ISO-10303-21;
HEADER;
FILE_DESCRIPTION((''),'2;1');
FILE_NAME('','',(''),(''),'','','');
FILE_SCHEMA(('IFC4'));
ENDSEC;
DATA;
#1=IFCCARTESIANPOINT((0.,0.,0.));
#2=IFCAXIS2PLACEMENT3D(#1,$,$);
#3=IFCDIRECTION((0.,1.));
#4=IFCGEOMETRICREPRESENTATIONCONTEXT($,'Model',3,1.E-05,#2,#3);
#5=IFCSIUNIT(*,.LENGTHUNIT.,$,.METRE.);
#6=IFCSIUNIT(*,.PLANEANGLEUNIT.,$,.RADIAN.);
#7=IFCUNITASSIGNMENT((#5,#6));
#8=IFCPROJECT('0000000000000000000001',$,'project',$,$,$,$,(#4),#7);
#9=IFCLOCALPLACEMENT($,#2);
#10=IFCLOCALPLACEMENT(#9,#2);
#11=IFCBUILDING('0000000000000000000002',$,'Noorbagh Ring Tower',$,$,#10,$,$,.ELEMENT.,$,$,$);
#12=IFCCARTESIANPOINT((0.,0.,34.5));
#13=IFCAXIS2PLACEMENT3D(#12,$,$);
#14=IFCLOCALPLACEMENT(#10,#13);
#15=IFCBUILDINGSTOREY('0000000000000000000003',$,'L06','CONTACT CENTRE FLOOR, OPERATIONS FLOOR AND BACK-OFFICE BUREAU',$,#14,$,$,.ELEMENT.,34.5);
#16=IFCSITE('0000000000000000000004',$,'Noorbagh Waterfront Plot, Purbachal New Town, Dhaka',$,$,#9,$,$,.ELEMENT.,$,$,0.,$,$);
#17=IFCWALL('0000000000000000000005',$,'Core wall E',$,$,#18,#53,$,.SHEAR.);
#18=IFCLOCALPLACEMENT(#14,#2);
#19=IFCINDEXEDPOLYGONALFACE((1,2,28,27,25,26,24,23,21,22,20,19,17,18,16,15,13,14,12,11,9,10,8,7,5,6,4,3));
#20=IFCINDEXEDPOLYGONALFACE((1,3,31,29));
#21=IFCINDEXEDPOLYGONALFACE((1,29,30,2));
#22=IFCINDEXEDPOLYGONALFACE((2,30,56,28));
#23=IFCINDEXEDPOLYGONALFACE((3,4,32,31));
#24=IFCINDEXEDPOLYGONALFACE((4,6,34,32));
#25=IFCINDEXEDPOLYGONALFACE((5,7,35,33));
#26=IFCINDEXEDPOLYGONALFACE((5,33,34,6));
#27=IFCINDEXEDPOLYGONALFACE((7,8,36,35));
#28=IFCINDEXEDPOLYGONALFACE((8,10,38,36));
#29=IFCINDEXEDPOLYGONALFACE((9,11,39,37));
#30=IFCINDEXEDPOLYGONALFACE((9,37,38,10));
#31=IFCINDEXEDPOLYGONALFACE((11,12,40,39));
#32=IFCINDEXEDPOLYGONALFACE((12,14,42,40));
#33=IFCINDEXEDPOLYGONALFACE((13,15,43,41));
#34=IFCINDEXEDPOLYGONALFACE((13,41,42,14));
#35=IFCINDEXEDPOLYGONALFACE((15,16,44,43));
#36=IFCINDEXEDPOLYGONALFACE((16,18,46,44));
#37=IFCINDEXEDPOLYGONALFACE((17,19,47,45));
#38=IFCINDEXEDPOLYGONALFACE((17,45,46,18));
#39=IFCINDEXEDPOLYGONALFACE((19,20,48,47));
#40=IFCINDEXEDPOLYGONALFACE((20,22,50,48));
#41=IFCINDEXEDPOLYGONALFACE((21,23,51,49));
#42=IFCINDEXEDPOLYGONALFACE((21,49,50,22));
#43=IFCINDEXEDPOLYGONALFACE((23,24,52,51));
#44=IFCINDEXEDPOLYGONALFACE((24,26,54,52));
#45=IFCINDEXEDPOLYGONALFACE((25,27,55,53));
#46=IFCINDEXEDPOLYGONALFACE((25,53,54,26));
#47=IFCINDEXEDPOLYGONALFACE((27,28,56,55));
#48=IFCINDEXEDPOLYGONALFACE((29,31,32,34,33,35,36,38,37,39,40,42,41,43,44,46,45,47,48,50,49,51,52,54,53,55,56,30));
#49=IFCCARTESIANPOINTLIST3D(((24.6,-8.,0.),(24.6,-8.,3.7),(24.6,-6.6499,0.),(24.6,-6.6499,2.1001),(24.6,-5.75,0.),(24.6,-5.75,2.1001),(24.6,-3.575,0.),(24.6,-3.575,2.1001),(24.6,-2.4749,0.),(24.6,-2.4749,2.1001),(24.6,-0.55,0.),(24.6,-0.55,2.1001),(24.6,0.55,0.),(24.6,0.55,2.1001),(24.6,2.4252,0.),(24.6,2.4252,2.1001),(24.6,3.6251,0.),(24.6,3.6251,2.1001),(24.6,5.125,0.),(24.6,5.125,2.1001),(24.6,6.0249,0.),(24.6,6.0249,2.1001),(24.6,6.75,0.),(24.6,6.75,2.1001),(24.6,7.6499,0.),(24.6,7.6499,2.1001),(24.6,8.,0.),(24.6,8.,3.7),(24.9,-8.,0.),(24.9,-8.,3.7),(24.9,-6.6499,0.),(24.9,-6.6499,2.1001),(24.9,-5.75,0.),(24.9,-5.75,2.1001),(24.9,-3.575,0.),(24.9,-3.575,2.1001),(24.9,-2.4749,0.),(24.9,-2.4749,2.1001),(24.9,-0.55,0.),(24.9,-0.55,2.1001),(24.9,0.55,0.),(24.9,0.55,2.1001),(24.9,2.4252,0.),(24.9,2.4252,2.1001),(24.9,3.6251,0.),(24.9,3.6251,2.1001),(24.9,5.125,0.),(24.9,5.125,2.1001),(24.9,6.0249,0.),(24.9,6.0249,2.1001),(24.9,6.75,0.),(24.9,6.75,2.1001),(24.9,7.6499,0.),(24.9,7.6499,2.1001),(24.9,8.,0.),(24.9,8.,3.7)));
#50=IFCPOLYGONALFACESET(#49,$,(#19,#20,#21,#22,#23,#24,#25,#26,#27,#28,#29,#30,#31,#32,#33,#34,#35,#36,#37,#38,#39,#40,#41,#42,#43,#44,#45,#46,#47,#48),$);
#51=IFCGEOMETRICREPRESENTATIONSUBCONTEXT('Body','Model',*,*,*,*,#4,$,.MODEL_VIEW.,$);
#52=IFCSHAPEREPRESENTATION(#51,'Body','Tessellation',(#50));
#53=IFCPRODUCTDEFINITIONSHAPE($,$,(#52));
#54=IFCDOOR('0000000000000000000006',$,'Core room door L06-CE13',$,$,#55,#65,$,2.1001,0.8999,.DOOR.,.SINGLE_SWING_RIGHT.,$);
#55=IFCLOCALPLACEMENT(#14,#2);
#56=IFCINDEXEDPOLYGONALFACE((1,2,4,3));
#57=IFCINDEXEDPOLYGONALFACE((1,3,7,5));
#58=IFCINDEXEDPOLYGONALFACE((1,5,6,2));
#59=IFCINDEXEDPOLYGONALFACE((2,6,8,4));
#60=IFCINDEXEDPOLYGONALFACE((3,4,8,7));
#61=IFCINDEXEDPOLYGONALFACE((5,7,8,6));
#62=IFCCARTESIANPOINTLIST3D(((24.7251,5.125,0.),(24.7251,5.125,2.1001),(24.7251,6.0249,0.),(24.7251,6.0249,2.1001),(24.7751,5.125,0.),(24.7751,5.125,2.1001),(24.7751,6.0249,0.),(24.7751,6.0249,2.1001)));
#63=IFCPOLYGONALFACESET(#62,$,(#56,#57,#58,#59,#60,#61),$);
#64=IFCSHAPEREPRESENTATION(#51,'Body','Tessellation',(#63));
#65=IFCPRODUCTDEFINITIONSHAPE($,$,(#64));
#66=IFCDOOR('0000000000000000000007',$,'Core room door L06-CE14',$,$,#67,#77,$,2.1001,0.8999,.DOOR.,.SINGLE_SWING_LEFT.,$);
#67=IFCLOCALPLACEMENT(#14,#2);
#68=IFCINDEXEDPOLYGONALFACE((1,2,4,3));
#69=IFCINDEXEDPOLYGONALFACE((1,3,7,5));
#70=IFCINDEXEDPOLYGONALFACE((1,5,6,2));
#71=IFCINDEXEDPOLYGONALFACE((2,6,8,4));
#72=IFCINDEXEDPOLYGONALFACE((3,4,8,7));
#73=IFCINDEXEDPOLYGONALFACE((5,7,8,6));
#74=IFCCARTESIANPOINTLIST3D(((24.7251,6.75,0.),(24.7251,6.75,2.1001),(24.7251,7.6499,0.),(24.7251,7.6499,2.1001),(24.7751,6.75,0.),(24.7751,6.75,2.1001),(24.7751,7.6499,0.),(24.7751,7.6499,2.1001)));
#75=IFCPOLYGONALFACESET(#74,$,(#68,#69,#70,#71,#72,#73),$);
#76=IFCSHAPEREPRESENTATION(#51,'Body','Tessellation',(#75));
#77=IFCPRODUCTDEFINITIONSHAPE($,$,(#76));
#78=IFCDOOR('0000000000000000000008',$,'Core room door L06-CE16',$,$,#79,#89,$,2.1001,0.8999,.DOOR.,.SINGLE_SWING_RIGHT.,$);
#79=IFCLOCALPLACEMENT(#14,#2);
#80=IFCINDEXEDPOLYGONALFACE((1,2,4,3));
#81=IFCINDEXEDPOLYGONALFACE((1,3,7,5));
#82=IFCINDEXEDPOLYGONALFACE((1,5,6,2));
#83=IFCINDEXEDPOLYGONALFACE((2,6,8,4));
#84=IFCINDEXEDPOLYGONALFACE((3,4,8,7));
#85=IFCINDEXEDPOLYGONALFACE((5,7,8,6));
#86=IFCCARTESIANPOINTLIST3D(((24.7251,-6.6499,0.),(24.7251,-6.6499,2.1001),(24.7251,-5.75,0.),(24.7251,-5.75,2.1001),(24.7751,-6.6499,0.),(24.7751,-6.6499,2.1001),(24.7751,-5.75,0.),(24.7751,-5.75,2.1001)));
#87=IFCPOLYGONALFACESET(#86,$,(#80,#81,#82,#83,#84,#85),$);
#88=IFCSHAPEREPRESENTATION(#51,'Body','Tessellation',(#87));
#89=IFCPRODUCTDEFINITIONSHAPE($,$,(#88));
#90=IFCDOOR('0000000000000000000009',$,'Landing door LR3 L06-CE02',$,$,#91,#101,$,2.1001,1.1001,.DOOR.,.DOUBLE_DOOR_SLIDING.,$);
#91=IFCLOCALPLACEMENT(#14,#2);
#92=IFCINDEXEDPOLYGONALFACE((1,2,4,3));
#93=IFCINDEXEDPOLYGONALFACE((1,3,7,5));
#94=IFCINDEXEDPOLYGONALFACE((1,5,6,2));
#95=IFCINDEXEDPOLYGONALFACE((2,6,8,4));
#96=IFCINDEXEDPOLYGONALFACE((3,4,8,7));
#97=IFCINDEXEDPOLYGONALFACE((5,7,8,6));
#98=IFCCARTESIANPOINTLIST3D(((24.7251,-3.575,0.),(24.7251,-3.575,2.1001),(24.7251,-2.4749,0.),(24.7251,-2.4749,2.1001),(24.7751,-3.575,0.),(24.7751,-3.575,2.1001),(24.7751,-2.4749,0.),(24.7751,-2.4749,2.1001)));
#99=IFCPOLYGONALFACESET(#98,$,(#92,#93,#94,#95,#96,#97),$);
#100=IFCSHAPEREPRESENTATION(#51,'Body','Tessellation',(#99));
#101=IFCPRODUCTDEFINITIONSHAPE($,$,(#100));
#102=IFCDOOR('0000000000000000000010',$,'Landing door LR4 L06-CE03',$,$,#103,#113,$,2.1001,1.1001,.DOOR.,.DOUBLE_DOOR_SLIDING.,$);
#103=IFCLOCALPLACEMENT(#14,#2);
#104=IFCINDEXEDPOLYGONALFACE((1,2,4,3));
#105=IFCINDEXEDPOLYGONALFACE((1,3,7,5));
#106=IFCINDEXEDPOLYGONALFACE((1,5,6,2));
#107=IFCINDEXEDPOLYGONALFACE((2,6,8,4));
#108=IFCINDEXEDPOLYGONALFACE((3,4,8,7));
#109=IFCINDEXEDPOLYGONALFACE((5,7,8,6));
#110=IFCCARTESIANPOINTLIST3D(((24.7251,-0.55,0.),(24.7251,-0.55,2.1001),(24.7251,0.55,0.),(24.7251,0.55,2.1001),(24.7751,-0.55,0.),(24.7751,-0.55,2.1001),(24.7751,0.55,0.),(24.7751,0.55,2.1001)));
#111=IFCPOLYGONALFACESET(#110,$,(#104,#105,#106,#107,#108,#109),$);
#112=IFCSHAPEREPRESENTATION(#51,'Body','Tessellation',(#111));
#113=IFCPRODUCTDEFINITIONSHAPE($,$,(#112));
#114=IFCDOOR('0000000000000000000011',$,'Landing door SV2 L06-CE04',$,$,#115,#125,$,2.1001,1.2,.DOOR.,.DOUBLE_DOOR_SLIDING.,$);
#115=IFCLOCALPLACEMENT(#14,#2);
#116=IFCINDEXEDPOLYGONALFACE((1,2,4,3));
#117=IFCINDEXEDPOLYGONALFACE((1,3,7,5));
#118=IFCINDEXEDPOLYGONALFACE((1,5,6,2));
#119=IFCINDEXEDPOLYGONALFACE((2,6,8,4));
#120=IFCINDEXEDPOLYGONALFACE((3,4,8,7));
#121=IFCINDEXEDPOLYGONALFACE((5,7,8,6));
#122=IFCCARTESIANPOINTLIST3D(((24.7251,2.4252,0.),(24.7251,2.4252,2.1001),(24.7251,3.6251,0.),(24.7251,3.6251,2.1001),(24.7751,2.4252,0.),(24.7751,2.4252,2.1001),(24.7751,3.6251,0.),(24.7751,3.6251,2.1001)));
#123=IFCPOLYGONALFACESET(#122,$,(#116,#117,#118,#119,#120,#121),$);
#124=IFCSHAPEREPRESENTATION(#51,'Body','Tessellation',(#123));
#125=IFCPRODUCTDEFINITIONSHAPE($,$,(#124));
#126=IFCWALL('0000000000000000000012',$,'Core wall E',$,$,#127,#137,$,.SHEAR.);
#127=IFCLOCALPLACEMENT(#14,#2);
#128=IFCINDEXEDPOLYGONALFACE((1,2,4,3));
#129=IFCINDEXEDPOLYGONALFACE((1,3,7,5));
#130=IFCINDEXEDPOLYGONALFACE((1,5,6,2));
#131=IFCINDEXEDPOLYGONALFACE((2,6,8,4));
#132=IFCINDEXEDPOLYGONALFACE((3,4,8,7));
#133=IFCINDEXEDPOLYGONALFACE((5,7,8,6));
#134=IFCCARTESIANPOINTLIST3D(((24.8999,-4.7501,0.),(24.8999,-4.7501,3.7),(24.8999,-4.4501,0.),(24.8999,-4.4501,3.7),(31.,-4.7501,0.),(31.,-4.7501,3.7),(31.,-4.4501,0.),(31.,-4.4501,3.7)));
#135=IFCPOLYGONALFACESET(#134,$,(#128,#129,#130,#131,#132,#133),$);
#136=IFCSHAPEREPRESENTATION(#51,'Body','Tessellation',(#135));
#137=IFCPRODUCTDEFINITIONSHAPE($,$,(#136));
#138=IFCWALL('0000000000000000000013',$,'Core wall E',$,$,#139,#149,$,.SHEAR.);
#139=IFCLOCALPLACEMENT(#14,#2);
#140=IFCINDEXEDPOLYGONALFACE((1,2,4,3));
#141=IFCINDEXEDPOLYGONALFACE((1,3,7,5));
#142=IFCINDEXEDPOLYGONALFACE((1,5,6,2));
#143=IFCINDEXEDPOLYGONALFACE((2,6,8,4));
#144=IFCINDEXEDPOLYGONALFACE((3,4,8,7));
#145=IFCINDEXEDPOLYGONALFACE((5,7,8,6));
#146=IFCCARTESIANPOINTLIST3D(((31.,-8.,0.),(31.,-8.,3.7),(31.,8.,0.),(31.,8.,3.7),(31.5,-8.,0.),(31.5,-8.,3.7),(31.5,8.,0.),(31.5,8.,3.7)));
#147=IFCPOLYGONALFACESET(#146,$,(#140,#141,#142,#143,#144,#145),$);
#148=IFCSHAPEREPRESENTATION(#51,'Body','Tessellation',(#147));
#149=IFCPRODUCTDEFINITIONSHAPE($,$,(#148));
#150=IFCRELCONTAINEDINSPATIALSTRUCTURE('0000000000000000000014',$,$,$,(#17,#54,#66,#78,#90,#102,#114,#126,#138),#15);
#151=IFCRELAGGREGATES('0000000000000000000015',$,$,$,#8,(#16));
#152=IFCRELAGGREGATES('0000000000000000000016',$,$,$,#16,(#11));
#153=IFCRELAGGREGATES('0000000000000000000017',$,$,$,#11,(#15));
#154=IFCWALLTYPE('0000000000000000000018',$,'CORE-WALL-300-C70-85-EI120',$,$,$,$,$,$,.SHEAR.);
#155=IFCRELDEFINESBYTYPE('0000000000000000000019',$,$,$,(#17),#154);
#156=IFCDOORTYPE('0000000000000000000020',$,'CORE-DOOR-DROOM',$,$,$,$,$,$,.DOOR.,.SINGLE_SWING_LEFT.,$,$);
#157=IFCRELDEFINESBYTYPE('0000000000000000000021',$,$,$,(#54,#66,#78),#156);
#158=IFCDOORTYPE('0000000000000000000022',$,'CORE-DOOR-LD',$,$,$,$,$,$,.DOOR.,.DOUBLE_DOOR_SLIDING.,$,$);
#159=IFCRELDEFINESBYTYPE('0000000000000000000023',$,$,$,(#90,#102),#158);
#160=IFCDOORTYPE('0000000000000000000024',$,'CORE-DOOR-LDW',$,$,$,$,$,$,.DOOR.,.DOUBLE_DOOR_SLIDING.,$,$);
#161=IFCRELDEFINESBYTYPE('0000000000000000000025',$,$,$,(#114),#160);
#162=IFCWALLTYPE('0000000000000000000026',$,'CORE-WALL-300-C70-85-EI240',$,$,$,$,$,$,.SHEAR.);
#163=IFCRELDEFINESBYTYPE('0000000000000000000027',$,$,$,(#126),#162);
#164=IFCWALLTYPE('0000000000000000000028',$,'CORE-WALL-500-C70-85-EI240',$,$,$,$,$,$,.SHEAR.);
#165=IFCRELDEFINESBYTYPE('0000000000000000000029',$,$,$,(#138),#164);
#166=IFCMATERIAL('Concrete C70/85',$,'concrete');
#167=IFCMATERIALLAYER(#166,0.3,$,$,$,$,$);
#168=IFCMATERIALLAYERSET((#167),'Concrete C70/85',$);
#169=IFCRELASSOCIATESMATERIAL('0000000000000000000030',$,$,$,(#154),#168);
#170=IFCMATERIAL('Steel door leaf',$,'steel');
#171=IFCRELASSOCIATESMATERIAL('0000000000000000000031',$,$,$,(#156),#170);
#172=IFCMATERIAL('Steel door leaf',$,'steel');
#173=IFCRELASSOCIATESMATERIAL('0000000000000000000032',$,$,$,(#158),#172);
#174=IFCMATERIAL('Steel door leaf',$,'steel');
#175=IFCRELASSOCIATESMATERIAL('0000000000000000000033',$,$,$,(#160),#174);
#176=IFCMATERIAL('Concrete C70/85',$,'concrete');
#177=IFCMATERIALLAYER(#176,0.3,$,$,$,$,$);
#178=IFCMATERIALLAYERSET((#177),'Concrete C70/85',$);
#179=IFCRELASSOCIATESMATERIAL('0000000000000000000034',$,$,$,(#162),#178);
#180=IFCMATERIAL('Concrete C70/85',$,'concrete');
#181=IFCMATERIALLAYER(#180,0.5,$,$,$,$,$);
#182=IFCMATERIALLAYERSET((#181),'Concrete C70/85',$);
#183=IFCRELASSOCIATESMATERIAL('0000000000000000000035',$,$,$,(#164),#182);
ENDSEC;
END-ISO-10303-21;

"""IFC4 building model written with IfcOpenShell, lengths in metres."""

from ifc_helpers import new_model, si_unit, direction, frame, frame_2d, origin, place, context, subcontext, project, spatial, rectangle, extrude, material, layer, layer_set, type_object, element, fill, save


model = new_model("IFC4")

# Units and contexts
model_context = context("Model", 3, precision=1e-05, world=origin(), true_north=direction((0.0, 1.0)))
body_context = subcontext(model_context, "Body", "Model", "MODEL_VIEW")
ifc_project = project(units=[si_unit("LENGTHUNIT", "METRE"), si_unit("PLANEANGLEUNIT", "RADIAN")], contexts=[model_context])

# Site, building, storey
site_placement = place(None, origin())
site = spatial("IfcSite", under=ifc_project, at=site_placement, Name="Noorbagh Waterfront Plot, Purbachal New Town, Dhaka", CompositionType="ELEMENT", RefElevation=0.0)
building_placement = place(site_placement, origin())
building = spatial("IfcBuilding", under=site, at=building_placement, Name="Noorbagh Ring Tower", CompositionType="ELEMENT")
storey_placement = place(building_placement, frame((0.0, 0.0, 34.5)))
storey = spatial("IfcBuildingStorey", under=building, at=storey_placement, Name="L06", Description="CONTACT CENTRE FLOOR, OPERATIONS FLOOR AND BACK-OFFICE BUREAU", CompositionType="ELEMENT", Elevation=34.5)

# Shared definitions
ifc_material_1 = material(Name="Concrete C70/85", Category="concrete")
ifc_layer_1 = layer(ifc_material_1, 0.3)
ifc_layer_set_1 = layer_set([ifc_layer_1], Name="Concrete C70/85")
wall_type_1 = type_object("IfcWallType", Name="CORE-WALL-300-C70-85-EI120", PredefinedType="SHEAR", material=ifc_layer_set_1)

# Wall, openings, doors
wall_1_placement = place(storey_placement, frame((24.75, -8.0, 0.0), z_axis=(0.0, 0.0, 1.0), x_axis=(0.0, 1.0, 0.0)))
wall_1 = element("IfcWall", 1, at=wall_1_placement, inside=storey, type_object=wall_type_1, Name="Core wall E", PredefinedType="SHEAR", context=body_context, shape_type="SweptSolid", body=[
    extrude(rectangle(XDim=16.0, YDim=0.3, at=frame_2d((8.0, 0.0))), origin(), (0.0, 0.0, 1.0), 3.7),
])
opening_1_placement = place(wall_1_placement, frame((4.425, 0.0, 0.0)))
opening_1 = element("IfcOpeningElement", 2, at=opening_1_placement, cuts=wall_1, PredefinedType="OPENING", context=body_context, shape_type="SweptSolid", body=[
    extrude(rectangle(XDim=1.1001, YDim=2.1001, at=frame_2d((0.55, 1.05))), frame((0.0, 0.1602, 0.0), z_axis=(0.0, -1.0, 0.0), x_axis=(1.0, 0.0, 0.0)), (0.0, 0.0, 1.0), 0.3201),
])
opening_2_placement = place(wall_1_placement, frame((7.45, 0.0, 0.0)))
opening_2 = element("IfcOpeningElement", 3, at=opening_2_placement, cuts=wall_1, PredefinedType="OPENING", context=body_context, shape_type="SweptSolid", body=[
    extrude(rectangle(XDim=1.1001, YDim=2.1001, at=frame_2d((0.55, 1.05))), frame((0.0, 0.1602, 0.0), z_axis=(0.0, -1.0, 0.0), x_axis=(1.0, 0.0, 0.0)), (0.0, 0.0, 1.0), 0.3201),
])
opening_3_placement = place(wall_1_placement, frame((10.425, 0.0, 0.0)))
opening_3 = element("IfcOpeningElement", 4, at=opening_3_placement, cuts=wall_1, PredefinedType="OPENING", context=body_context, shape_type="SweptSolid", body=[
    extrude(rectangle(XDim=1.2, YDim=2.1001, at=frame_2d((0.6001, 1.05))), frame((0.0, 0.1602, 0.0), z_axis=(0.0, -1.0, 0.0), x_axis=(1.0, 0.0, 0.0)), (0.0, 0.0, 1.0), 0.3201),
])
opening_4_placement = place(wall_1_placement, frame((13.125, 0.0, 0.0)))
opening_4 = element("IfcOpeningElement", 5, at=opening_4_placement, cuts=wall_1, PredefinedType="OPENING", context=body_context, shape_type="SweptSolid", body=[
    extrude(rectangle(XDim=0.8999, YDim=2.1001, at=frame_2d((0.45, 1.05))), frame((0.0, 0.1602, 0.0), z_axis=(0.0, -1.0, 0.0), x_axis=(1.0, 0.0, 0.0)), (0.0, 0.0, 1.0), 0.3201),
])
opening_5_placement = place(wall_1_placement, frame((14.75, 0.0, 0.0)))
opening_5 = element("IfcOpeningElement", 6, at=opening_5_placement, cuts=wall_1, PredefinedType="OPENING", context=body_context, shape_type="SweptSolid", body=[
    extrude(rectangle(XDim=0.8999, YDim=2.1001, at=frame_2d((0.45, 1.05))), frame((0.0, 0.1602, 0.0), z_axis=(0.0, -1.0, 0.0), x_axis=(1.0, 0.0, 0.0)), (0.0, 0.0, 1.0), 0.3201),
])
opening_6_placement = place(wall_1_placement, frame((1.3501, 0.0, 0.0)))
opening_6 = element("IfcOpeningElement", 7, at=opening_6_placement, cuts=wall_1, PredefinedType="OPENING", context=body_context, shape_type="SweptSolid", body=[
    extrude(rectangle(XDim=0.8999, YDim=2.1001, at=frame_2d((0.45, 1.05))), frame((0.0, 0.1602, 0.0), z_axis=(0.0, -1.0, 0.0), x_axis=(1.0, 0.0, 0.0)), (0.0, 0.0, 1.0), 0.3201),
])
ifc_material_2 = material(Name="Steel door leaf", Category="steel")
door_type_1 = type_object("IfcDoorType", Name="CORE-DOOR-DROOM", OperationType="SINGLE_SWING_LEFT", PredefinedType="DOOR", material=ifc_material_2)
door_1_placement = place(opening_4_placement, origin())
door_1 = element("IfcDoor", 8, at=door_1_placement, inside=storey, type_object=door_type_1, Name="Core room door L06-CE13", OperationType="SINGLE_SWING_RIGHT", OverallHeight=2.1001, OverallWidth=0.8999, PredefinedType="DOOR", context=body_context, shape_type="SweptSolid", body=[
    extrude(rectangle(XDim=0.8999, YDim=2.1001, at=frame_2d((0.45, 1.05))), frame((0.0, 0.0249, 0.0), z_axis=(0.0, -1.0, 0.0), x_axis=(1.0, 0.0, 0.0)), (0.0, 0.0, 1.0), 0.05),
])
fill(opening_4, door_1)
door_2_placement = place(opening_5_placement, origin())
door_2 = element("IfcDoor", 9, at=door_2_placement, inside=storey, type_object=door_type_1, Name="Core room door L06-CE14", OperationType="SINGLE_SWING_LEFT", OverallHeight=2.1001, OverallWidth=0.8999, PredefinedType="DOOR", context=body_context, shape_type="SweptSolid", body=[
    extrude(rectangle(XDim=0.8999, YDim=2.1001, at=frame_2d((0.45, 1.05))), frame((0.0, 0.0249, 0.0), z_axis=(0.0, -1.0, 0.0), x_axis=(1.0, 0.0, 0.0)), (0.0, 0.0, 1.0), 0.05),
])
fill(opening_5, door_2)
door_3_placement = place(opening_6_placement, origin())
door_3 = element("IfcDoor", 10, at=door_3_placement, inside=storey, type_object=door_type_1, Name="Core room door L06-CE16", OperationType="SINGLE_SWING_RIGHT", OverallHeight=2.1001, OverallWidth=0.8999, PredefinedType="DOOR", context=body_context, shape_type="SweptSolid", body=[
    extrude(rectangle(XDim=0.8999, YDim=2.1001, at=frame_2d((0.45, 1.05))), frame((0.0, 0.0249, 0.0), z_axis=(0.0, -1.0, 0.0), x_axis=(1.0, 0.0, 0.0)), (0.0, 0.0, 1.0), 0.05),
])
fill(opening_6, door_3)
ifc_material_3 = material(Name="Steel door leaf", Category="steel")
door_type_2 = type_object("IfcDoorType", Name="CORE-DOOR-LD", OperationType="DOUBLE_DOOR_SLIDING", PredefinedType="DOOR", material=ifc_material_3)
door_4_placement = place(opening_1_placement, origin())
door_4 = element("IfcDoor", 11, at=door_4_placement, inside=storey, type_object=door_type_2, Name="Landing door LR3 L06-CE02", OperationType="DOUBLE_DOOR_SLIDING", OverallHeight=2.1001, OverallWidth=1.1001, PredefinedType="DOOR", context=body_context, shape_type="SweptSolid", body=[
    extrude(rectangle(XDim=1.1001, YDim=2.1001, at=frame_2d((0.55, 1.05))), frame((0.0, 0.0249, 0.0), z_axis=(0.0, -1.0, 0.0), x_axis=(1.0, 0.0, 0.0)), (0.0, 0.0, 1.0), 0.05),
])
fill(opening_1, door_4)
door_5_placement = place(opening_2_placement, origin())
door_5 = element("IfcDoor", 12, at=door_5_placement, inside=storey, type_object=door_type_2, Name="Landing door LR4 L06-CE03", OperationType="DOUBLE_DOOR_SLIDING", OverallHeight=2.1001, OverallWidth=1.1001, PredefinedType="DOOR", context=body_context, shape_type="SweptSolid", body=[
    extrude(rectangle(XDim=1.1001, YDim=2.1001, at=frame_2d((0.55, 1.05))), frame((0.0, 0.0249, 0.0), z_axis=(0.0, -1.0, 0.0), x_axis=(1.0, 0.0, 0.0)), (0.0, 0.0, 1.0), 0.05),
])
fill(opening_2, door_5)
ifc_material_4 = material(Name="Steel door leaf", Category="steel")
door_type_3 = type_object("IfcDoorType", Name="CORE-DOOR-LDW", OperationType="DOUBLE_DOOR_SLIDING", PredefinedType="DOOR", material=ifc_material_4)
door_6_placement = place(opening_3_placement, origin())
door_6 = element("IfcDoor", 13, at=door_6_placement, inside=storey, type_object=door_type_3, Name="Landing door SV2 L06-CE04", OperationType="DOUBLE_DOOR_SLIDING", OverallHeight=2.1001, OverallWidth=1.2, PredefinedType="DOOR", context=body_context, shape_type="SweptSolid", body=[
    extrude(rectangle(XDim=1.2, YDim=2.1001, at=frame_2d((0.6001, 1.05))), frame((0.0, 0.0249, 0.0), z_axis=(0.0, -1.0, 0.0), x_axis=(1.0, 0.0, 0.0)), (0.0, 0.0, 1.0), 0.05),
])
fill(opening_3, door_6)

# Walls
ifc_material_5 = material(Name="Concrete C70/85", Category="concrete")
ifc_layer_2 = layer(ifc_material_5, 0.3)
ifc_layer_set_2 = layer_set([ifc_layer_2], Name="Concrete C70/85")
wall_type_2 = type_object("IfcWallType", Name="CORE-WALL-300-C70-85-EI240", PredefinedType="SHEAR", material=ifc_layer_set_2)
wall_2_placement = place(storey_placement, frame((24.8999, -4.6001, 0.0), z_axis=(0.0, 0.0, 1.0), x_axis=(1.0, 0.0, 0.0)))
element("IfcWall", 14, at=wall_2_placement, inside=storey, type_object=wall_type_2, Name="Core wall E", PredefinedType="SHEAR", context=body_context, shape_type="SweptSolid", body=[
    extrude(rectangle(XDim=6.1001, YDim=0.3, at=frame_2d((3.05, 0.0))), origin(), (0.0, 0.0, 1.0), 3.7),
])
ifc_material_6 = material(Name="Concrete C70/85", Category="concrete")
ifc_layer_3 = layer(ifc_material_6, 0.5)
ifc_layer_set_3 = layer_set([ifc_layer_3], Name="Concrete C70/85")
wall_type_3 = type_object("IfcWallType", Name="CORE-WALL-500-C70-85-EI240", PredefinedType="SHEAR", material=ifc_layer_set_3)
wall_3_placement = place(storey_placement, frame((31.25, -8.0, 0.0), z_axis=(0.0, 0.0, 1.0), x_axis=(0.0, 1.0, 0.0)))
element("IfcWall", 15, at=wall_3_placement, inside=storey, type_object=wall_type_3, Name="Core wall E", PredefinedType="SHEAR", context=body_context, shape_type="SweptSolid", body=[
    extrude(rectangle(XDim=16.0, YDim=0.5, at=frame_2d((8.0, 0.0))), origin(), (0.0, 0.0, 1.0), 3.7),
])

save(model, "model.ifc")
